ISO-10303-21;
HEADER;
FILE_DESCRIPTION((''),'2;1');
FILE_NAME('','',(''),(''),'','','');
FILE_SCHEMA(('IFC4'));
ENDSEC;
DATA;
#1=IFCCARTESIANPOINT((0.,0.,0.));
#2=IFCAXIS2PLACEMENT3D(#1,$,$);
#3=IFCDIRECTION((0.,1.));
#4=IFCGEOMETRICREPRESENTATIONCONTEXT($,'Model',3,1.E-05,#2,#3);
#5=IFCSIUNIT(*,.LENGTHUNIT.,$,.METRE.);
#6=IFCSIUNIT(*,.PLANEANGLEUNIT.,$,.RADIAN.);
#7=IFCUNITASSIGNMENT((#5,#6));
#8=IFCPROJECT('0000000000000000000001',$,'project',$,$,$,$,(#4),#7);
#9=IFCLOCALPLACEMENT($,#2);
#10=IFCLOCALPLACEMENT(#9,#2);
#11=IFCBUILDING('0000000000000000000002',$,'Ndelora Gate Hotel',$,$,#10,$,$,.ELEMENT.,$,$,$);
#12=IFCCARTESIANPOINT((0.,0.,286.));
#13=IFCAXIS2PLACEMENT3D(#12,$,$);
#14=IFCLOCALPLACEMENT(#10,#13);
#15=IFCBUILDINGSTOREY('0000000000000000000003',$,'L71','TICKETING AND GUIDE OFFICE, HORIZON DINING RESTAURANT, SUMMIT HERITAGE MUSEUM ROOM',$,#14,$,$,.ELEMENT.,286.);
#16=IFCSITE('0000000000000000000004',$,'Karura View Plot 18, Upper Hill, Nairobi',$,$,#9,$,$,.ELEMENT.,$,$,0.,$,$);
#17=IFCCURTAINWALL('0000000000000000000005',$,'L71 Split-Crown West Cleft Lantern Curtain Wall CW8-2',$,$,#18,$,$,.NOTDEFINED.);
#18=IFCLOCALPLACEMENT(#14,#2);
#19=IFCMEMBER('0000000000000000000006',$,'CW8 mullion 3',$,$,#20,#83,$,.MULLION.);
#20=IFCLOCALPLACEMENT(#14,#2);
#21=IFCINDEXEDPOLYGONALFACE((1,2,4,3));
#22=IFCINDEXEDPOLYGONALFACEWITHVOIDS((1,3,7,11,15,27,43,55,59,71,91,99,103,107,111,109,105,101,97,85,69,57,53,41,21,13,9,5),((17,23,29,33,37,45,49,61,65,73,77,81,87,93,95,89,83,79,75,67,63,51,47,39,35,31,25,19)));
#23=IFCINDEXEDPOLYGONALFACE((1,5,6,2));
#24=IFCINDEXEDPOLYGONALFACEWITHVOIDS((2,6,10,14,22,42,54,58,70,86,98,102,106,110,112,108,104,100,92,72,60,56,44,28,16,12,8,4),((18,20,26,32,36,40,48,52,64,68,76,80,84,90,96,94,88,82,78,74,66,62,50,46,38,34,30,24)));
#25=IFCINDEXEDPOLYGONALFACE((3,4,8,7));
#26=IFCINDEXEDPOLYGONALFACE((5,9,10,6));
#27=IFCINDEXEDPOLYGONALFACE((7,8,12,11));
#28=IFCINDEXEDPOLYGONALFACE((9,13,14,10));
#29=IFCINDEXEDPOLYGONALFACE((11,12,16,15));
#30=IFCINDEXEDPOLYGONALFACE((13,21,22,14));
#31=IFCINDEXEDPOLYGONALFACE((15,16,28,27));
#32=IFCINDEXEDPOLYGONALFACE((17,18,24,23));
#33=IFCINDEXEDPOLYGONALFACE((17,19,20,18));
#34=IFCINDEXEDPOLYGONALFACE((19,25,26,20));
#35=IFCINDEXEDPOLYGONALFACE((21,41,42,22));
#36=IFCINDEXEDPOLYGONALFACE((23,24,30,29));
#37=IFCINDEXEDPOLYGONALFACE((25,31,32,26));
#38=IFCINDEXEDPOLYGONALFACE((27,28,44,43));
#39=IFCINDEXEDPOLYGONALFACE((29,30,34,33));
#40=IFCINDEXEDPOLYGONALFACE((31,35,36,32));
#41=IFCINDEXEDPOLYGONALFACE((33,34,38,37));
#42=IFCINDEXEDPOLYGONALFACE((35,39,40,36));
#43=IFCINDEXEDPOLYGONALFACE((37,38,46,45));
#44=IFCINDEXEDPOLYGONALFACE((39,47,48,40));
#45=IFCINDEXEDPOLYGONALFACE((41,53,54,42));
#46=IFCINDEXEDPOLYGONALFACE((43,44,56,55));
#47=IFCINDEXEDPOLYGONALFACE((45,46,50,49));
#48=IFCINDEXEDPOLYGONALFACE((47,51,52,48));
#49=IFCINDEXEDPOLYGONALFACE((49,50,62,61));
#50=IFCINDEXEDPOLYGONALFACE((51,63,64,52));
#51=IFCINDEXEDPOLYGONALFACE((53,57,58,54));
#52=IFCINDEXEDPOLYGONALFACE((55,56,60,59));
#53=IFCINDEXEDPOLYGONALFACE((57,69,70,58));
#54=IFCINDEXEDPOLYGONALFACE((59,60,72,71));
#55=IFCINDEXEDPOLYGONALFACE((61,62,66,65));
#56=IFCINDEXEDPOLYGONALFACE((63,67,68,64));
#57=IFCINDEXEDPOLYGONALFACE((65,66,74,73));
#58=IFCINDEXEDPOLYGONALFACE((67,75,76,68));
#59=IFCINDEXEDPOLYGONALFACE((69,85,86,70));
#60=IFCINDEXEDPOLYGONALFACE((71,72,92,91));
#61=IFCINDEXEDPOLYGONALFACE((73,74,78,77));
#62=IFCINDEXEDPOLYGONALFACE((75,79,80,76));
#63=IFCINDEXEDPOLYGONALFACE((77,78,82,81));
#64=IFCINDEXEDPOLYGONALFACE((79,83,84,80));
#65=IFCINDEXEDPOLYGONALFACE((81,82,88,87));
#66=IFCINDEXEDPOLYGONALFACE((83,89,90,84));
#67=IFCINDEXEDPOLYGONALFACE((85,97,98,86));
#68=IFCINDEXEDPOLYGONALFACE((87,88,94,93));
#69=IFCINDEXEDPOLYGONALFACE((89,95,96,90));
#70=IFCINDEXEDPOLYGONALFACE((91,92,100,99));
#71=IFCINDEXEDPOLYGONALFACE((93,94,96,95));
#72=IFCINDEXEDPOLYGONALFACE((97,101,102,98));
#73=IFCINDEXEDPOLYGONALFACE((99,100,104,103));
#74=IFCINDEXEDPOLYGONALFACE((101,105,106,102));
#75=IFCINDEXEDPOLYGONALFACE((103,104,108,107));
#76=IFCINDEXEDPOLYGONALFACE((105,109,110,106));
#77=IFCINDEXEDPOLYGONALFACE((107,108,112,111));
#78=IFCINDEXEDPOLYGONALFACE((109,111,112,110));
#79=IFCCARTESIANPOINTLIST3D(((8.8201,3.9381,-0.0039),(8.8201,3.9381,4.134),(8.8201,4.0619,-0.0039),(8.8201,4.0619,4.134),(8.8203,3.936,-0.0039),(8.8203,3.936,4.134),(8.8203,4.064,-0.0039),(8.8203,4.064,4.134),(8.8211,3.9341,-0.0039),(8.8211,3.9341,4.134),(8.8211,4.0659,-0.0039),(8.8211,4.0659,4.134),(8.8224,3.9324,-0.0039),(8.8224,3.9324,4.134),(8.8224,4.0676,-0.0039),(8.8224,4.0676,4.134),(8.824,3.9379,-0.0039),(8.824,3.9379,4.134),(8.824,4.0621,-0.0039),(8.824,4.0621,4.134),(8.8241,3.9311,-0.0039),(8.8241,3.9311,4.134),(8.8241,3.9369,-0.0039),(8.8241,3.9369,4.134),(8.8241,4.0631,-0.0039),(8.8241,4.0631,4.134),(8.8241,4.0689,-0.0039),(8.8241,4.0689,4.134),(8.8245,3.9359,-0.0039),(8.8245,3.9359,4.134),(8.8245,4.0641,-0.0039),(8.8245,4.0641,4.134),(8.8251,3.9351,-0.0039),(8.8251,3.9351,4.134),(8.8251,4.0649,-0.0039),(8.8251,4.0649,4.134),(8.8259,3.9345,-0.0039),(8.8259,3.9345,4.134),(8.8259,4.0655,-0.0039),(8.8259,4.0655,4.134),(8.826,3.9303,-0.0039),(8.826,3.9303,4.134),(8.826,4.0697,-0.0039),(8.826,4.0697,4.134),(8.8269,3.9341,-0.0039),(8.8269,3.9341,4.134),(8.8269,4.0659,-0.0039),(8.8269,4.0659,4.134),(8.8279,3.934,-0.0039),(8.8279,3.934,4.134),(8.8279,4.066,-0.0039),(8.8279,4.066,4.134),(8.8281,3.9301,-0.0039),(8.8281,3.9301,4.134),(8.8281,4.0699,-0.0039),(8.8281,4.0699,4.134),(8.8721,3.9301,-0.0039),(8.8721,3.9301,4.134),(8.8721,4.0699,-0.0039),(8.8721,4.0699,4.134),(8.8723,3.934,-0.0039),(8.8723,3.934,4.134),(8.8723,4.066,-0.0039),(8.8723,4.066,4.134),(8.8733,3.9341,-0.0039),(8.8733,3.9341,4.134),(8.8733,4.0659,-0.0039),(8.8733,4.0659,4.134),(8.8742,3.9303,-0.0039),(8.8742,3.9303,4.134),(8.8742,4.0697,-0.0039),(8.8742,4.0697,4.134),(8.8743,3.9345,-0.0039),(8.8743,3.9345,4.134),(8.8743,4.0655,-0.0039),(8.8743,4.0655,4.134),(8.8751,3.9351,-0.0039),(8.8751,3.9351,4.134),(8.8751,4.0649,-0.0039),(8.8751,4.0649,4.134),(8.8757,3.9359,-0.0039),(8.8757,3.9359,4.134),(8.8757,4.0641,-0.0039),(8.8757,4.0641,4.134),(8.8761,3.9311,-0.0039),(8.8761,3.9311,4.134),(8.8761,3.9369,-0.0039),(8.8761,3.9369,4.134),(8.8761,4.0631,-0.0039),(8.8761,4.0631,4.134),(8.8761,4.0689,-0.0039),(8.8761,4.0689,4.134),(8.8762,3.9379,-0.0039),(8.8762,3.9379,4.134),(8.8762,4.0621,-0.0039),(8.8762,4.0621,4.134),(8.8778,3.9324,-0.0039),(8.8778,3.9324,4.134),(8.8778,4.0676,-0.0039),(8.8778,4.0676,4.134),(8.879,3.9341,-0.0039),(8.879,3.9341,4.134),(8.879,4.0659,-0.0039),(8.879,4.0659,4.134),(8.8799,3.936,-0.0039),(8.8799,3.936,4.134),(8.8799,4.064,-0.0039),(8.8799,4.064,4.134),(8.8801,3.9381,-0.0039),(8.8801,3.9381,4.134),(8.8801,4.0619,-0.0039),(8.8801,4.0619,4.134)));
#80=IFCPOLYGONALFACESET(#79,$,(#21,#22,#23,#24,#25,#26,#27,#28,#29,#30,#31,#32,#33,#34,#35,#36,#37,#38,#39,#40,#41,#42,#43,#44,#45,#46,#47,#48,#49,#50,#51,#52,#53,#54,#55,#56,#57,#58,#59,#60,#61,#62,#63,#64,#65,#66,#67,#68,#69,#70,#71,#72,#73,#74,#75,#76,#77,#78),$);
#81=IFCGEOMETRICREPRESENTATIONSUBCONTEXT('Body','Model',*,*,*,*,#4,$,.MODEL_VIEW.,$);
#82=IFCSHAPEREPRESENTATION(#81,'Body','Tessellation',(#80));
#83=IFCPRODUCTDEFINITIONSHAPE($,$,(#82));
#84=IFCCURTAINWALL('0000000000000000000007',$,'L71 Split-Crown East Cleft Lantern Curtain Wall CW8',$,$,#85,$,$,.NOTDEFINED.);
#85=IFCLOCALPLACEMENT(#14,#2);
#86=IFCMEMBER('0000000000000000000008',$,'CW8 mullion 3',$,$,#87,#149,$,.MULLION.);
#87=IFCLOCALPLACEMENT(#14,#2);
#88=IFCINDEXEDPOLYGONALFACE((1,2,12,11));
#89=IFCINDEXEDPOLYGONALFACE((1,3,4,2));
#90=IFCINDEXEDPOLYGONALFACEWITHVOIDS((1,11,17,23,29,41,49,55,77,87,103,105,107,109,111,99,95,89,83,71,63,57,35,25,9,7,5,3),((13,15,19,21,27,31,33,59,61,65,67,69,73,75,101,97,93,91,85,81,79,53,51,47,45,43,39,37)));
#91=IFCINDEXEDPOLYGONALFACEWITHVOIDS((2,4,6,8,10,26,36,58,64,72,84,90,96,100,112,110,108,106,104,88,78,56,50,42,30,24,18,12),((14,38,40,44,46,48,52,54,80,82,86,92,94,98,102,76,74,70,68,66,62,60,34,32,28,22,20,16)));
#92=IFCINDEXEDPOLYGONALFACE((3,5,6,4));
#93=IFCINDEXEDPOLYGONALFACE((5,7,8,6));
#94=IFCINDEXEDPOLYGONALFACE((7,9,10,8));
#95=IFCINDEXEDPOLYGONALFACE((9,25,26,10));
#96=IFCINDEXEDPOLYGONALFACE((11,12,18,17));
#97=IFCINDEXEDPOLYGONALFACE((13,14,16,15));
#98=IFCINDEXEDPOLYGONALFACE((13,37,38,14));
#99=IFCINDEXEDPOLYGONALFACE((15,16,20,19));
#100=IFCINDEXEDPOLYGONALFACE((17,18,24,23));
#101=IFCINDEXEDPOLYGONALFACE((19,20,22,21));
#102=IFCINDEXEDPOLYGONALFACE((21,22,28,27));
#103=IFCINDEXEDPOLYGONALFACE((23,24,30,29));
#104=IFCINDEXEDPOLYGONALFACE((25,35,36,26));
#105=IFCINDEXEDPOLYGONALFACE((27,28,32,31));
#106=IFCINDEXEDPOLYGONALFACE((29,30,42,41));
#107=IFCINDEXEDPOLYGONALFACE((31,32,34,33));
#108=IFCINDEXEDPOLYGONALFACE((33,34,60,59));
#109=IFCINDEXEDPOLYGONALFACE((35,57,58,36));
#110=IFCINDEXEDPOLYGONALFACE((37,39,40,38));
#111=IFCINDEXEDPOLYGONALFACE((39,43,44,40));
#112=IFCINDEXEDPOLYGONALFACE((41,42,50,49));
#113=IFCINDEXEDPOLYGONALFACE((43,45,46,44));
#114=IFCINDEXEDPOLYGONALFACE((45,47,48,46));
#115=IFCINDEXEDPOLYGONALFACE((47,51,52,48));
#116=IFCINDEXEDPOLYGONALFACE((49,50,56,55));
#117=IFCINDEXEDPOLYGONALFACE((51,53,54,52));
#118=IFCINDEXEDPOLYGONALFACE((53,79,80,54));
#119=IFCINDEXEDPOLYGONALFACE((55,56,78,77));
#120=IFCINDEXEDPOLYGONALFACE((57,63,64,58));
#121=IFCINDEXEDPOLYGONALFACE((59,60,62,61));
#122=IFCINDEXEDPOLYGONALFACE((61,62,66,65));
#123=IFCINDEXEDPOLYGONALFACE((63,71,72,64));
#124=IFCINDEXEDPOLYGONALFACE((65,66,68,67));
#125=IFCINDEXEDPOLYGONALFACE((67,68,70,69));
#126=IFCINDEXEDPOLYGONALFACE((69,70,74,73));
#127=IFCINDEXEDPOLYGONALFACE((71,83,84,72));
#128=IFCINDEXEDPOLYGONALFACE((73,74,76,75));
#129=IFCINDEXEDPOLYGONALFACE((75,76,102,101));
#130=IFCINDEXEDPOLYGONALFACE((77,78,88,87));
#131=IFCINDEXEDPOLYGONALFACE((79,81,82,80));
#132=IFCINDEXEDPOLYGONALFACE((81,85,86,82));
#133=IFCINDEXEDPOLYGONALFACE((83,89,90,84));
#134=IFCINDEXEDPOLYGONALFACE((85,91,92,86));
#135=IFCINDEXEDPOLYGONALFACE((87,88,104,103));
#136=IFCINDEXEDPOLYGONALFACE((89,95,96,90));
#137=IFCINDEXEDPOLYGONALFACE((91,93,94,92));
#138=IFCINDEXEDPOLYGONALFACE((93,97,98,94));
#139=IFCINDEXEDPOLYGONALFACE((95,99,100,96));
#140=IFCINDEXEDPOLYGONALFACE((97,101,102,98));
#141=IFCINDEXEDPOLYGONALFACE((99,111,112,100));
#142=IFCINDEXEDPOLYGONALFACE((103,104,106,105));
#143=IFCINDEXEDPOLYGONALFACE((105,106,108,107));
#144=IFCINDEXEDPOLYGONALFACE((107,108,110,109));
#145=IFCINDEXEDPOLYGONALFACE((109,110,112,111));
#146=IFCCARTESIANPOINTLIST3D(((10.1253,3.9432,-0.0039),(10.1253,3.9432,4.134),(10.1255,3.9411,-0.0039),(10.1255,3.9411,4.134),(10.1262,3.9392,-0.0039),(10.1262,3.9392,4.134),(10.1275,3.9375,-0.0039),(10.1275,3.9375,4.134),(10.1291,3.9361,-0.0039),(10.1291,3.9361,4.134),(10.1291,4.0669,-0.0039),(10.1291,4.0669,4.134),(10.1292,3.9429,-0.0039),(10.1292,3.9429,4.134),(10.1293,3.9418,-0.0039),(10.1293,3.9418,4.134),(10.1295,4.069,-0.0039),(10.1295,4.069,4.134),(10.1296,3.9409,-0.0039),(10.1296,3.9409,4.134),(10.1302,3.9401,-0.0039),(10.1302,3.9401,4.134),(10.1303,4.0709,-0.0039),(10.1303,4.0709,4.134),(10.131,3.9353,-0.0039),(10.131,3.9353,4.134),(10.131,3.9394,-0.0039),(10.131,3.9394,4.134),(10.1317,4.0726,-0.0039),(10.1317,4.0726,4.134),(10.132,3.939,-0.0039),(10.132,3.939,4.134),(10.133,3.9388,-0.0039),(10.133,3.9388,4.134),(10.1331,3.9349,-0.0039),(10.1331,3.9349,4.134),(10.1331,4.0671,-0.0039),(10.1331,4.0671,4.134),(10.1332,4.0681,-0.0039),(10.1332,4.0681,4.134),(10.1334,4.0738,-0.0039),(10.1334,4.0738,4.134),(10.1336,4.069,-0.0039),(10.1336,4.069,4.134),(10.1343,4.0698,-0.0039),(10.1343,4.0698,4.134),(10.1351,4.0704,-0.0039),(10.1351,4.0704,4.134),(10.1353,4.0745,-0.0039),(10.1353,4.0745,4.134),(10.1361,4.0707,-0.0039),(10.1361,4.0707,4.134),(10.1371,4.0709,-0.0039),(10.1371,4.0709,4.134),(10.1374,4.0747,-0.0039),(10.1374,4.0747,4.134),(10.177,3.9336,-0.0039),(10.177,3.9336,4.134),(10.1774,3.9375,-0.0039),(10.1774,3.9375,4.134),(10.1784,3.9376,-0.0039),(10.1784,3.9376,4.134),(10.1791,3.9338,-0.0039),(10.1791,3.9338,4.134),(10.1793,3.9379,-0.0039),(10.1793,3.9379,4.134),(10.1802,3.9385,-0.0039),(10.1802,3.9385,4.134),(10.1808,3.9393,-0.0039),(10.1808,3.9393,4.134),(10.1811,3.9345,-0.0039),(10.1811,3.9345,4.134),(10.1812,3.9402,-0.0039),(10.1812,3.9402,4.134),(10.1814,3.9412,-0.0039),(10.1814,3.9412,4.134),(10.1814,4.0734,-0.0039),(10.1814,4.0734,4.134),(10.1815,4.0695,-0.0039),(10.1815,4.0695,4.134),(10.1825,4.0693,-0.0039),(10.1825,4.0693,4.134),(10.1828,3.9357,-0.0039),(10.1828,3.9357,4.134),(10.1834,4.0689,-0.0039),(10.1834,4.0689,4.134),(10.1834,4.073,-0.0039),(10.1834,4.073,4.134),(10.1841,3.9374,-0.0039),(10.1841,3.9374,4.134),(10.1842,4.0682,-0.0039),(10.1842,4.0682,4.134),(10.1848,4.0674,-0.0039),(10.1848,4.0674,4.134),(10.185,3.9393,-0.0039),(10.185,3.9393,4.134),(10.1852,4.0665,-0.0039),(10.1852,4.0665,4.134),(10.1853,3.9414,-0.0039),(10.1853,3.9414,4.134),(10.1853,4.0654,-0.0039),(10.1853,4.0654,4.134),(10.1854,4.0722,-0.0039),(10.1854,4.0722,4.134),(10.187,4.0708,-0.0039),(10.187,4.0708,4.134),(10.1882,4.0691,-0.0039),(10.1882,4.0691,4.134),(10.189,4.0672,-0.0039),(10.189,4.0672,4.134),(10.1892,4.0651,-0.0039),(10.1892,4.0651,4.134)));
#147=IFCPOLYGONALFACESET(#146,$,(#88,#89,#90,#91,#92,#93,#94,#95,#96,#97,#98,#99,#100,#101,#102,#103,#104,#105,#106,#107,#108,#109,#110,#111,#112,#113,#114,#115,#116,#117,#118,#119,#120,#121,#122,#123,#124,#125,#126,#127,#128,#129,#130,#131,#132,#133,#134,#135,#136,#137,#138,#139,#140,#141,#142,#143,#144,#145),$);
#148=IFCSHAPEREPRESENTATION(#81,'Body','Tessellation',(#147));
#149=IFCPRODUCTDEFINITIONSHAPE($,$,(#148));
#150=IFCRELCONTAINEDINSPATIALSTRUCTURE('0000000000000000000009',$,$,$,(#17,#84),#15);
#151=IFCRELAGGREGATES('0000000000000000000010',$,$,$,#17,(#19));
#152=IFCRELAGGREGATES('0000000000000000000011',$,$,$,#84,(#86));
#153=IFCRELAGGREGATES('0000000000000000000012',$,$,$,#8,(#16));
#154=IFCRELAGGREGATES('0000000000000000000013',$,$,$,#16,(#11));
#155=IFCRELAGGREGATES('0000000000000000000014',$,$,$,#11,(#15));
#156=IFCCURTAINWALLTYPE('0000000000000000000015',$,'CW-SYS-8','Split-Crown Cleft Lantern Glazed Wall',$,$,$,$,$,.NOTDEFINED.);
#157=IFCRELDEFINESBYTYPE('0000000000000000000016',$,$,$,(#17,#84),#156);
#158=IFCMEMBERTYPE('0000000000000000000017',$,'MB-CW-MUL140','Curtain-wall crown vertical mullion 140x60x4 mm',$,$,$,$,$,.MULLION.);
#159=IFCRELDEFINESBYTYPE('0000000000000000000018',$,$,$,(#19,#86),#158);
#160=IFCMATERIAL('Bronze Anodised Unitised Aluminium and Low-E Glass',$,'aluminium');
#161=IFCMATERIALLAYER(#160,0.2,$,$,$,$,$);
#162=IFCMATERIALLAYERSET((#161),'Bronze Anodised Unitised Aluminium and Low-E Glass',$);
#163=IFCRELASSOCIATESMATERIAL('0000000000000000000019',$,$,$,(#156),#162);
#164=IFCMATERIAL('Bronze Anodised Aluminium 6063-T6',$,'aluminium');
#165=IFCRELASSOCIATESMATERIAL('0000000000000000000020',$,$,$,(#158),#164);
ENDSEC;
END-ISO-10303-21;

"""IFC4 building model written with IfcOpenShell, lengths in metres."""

from ifc_helpers import new_model, si_unit, direction, frame, origin, origin_2d, place, context, subcontext, project, spatial, hollow_rectangle, extrude, material, layer, layer_set, material_profile, profile_set, type_object, element, aggregate, save


model = new_model("IFC4")

# Units and contexts
model_context = context("Model", 3, precision=1e-05, world=origin(), true_north=direction((0.0, 1.0)))
body_context = subcontext(model_context, "Body", "Model", "MODEL_VIEW")
ifc_project = project(units=[si_unit("LENGTHUNIT", "METRE"), si_unit("PLANEANGLEUNIT", "RADIAN")], contexts=[model_context])

# Site, building, storey
site_placement = place(None, origin())
site = spatial("IfcSite", under=ifc_project, at=site_placement, Name="Karura View Plot 18, Upper Hill, Nairobi", CompositionType="ELEMENT", RefElevation=0.0)
building_placement = place(site_placement, origin())
building = spatial("IfcBuilding", under=site, at=building_placement, Name="Ndelora Gate Hotel", CompositionType="ELEMENT")
storey_placement = place(building_placement, frame((0.0, 0.0, 286.0)))
storey = spatial("IfcBuildingStorey", under=building, at=storey_placement, Name="L71", Description="TICKETING AND GUIDE OFFICE, HORIZON DINING RESTAURANT, SUMMIT HERITAGE MUSEUM ROOM", CompositionType="ELEMENT", Elevation=286.0)

# Curtain walls, members
ifc_material_1 = material(Name="Bronze Anodised Unitised Aluminium and Low-E Glass", Category="aluminium")
ifc_layer_1 = layer(ifc_material_1, 0.2)
ifc_layer_set_1 = layer_set([ifc_layer_1], Name="Bronze Anodised Unitised Aluminium and Low-E Glass")
curtain_wall_type = type_object("IfcCurtainWallType", Name="CW-SYS-8", Description="Split-Crown Cleft Lantern Glazed Wall", PredefinedType="NOTDEFINED", material=ifc_layer_set_1)
curtain_wall_1_placement = place(storey_placement, origin())
curtain_wall_1 = element("IfcCurtainWall", 1, at=curtain_wall_1_placement, inside=storey, type_object=curtain_wall_type, Name="L71 Split-Crown West Cleft Lantern Curtain Wall CW8-2", PredefinedType="NOTDEFINED")
ifc_material_2 = material(Name="Bronze Anodised Aluminium 6063-T6", Category="aluminium")
ifc_material_profile_1 = material_profile(ifc_material_2, hollow_rectangle(XDim=0.0601, YDim=0.1399, WallThickness=0.0039, InnerFilletRadius=0.0039, OuterFilletRadius=0.0081, at=origin_2d()), Name="ALU 140x60x4")
ifc_profile_set_1 = profile_set([ifc_material_profile_1], Name="Bronze Anodised Aluminium 6063-T6")
member_type_1 = type_object("IfcMemberType", Name="MB-CW-MUL140", Description="Curtain-wall crown vertical mullion 140x60x4 mm", PredefinedType="MULLION", material=ifc_profile_set_1)
member_1_placement = place(storey_placement, frame((8.8501, 4.0, -0.0039), z_axis=(0.0, 0.0, 1.0), x_axis=(-1.0, 0.0, 0.0)))
member_1 = element("IfcMember", 2, at=member_1_placement, type_object=member_type_1, Name="CW8 mullion 3", PredefinedType="MULLION", context=body_context, shape_type="SweptSolid", body=[
    extrude(hollow_rectangle(XDim=0.0601, YDim=0.1399, WallThickness=0.0039, InnerFilletRadius=0.0039, OuterFilletRadius=0.0081, at=origin_2d()), origin(), (0.0, 0.0, 1.0), 4.1379),
])
curtain_wall_2_placement = place(storey_placement, origin())
curtain_wall_2 = element("IfcCurtainWall", 3, at=curtain_wall_2_placement, inside=storey, type_object=curtain_wall_type, Name="L71 Split-Crown East Cleft Lantern Curtain Wall CW8", PredefinedType="NOTDEFINED")
member_2_placement = place(storey_placement, frame((10.1572, 4.0042, -0.0039), z_axis=(0.0, 0.0, 1.0), x_axis=(0.999515, -0.031131, 0.0)))
member_2 = element("IfcMember", 4, at=member_2_placement, type_object=member_type_1, Name="CW8 mullion 3", PredefinedType="MULLION", context=body_context, shape_type="SweptSolid", body=[
    extrude(hollow_rectangle(XDim=0.0601, YDim=0.1399, WallThickness=0.0039, InnerFilletRadius=0.0039, OuterFilletRadius=0.0081, at=origin_2d()), origin(), (0.0, 0.0, 1.0), 4.1379),
])

aggregate(curtain_wall_1, [member_1])
aggregate(curtain_wall_2, [member_2])

save(model, "model.ifc")
